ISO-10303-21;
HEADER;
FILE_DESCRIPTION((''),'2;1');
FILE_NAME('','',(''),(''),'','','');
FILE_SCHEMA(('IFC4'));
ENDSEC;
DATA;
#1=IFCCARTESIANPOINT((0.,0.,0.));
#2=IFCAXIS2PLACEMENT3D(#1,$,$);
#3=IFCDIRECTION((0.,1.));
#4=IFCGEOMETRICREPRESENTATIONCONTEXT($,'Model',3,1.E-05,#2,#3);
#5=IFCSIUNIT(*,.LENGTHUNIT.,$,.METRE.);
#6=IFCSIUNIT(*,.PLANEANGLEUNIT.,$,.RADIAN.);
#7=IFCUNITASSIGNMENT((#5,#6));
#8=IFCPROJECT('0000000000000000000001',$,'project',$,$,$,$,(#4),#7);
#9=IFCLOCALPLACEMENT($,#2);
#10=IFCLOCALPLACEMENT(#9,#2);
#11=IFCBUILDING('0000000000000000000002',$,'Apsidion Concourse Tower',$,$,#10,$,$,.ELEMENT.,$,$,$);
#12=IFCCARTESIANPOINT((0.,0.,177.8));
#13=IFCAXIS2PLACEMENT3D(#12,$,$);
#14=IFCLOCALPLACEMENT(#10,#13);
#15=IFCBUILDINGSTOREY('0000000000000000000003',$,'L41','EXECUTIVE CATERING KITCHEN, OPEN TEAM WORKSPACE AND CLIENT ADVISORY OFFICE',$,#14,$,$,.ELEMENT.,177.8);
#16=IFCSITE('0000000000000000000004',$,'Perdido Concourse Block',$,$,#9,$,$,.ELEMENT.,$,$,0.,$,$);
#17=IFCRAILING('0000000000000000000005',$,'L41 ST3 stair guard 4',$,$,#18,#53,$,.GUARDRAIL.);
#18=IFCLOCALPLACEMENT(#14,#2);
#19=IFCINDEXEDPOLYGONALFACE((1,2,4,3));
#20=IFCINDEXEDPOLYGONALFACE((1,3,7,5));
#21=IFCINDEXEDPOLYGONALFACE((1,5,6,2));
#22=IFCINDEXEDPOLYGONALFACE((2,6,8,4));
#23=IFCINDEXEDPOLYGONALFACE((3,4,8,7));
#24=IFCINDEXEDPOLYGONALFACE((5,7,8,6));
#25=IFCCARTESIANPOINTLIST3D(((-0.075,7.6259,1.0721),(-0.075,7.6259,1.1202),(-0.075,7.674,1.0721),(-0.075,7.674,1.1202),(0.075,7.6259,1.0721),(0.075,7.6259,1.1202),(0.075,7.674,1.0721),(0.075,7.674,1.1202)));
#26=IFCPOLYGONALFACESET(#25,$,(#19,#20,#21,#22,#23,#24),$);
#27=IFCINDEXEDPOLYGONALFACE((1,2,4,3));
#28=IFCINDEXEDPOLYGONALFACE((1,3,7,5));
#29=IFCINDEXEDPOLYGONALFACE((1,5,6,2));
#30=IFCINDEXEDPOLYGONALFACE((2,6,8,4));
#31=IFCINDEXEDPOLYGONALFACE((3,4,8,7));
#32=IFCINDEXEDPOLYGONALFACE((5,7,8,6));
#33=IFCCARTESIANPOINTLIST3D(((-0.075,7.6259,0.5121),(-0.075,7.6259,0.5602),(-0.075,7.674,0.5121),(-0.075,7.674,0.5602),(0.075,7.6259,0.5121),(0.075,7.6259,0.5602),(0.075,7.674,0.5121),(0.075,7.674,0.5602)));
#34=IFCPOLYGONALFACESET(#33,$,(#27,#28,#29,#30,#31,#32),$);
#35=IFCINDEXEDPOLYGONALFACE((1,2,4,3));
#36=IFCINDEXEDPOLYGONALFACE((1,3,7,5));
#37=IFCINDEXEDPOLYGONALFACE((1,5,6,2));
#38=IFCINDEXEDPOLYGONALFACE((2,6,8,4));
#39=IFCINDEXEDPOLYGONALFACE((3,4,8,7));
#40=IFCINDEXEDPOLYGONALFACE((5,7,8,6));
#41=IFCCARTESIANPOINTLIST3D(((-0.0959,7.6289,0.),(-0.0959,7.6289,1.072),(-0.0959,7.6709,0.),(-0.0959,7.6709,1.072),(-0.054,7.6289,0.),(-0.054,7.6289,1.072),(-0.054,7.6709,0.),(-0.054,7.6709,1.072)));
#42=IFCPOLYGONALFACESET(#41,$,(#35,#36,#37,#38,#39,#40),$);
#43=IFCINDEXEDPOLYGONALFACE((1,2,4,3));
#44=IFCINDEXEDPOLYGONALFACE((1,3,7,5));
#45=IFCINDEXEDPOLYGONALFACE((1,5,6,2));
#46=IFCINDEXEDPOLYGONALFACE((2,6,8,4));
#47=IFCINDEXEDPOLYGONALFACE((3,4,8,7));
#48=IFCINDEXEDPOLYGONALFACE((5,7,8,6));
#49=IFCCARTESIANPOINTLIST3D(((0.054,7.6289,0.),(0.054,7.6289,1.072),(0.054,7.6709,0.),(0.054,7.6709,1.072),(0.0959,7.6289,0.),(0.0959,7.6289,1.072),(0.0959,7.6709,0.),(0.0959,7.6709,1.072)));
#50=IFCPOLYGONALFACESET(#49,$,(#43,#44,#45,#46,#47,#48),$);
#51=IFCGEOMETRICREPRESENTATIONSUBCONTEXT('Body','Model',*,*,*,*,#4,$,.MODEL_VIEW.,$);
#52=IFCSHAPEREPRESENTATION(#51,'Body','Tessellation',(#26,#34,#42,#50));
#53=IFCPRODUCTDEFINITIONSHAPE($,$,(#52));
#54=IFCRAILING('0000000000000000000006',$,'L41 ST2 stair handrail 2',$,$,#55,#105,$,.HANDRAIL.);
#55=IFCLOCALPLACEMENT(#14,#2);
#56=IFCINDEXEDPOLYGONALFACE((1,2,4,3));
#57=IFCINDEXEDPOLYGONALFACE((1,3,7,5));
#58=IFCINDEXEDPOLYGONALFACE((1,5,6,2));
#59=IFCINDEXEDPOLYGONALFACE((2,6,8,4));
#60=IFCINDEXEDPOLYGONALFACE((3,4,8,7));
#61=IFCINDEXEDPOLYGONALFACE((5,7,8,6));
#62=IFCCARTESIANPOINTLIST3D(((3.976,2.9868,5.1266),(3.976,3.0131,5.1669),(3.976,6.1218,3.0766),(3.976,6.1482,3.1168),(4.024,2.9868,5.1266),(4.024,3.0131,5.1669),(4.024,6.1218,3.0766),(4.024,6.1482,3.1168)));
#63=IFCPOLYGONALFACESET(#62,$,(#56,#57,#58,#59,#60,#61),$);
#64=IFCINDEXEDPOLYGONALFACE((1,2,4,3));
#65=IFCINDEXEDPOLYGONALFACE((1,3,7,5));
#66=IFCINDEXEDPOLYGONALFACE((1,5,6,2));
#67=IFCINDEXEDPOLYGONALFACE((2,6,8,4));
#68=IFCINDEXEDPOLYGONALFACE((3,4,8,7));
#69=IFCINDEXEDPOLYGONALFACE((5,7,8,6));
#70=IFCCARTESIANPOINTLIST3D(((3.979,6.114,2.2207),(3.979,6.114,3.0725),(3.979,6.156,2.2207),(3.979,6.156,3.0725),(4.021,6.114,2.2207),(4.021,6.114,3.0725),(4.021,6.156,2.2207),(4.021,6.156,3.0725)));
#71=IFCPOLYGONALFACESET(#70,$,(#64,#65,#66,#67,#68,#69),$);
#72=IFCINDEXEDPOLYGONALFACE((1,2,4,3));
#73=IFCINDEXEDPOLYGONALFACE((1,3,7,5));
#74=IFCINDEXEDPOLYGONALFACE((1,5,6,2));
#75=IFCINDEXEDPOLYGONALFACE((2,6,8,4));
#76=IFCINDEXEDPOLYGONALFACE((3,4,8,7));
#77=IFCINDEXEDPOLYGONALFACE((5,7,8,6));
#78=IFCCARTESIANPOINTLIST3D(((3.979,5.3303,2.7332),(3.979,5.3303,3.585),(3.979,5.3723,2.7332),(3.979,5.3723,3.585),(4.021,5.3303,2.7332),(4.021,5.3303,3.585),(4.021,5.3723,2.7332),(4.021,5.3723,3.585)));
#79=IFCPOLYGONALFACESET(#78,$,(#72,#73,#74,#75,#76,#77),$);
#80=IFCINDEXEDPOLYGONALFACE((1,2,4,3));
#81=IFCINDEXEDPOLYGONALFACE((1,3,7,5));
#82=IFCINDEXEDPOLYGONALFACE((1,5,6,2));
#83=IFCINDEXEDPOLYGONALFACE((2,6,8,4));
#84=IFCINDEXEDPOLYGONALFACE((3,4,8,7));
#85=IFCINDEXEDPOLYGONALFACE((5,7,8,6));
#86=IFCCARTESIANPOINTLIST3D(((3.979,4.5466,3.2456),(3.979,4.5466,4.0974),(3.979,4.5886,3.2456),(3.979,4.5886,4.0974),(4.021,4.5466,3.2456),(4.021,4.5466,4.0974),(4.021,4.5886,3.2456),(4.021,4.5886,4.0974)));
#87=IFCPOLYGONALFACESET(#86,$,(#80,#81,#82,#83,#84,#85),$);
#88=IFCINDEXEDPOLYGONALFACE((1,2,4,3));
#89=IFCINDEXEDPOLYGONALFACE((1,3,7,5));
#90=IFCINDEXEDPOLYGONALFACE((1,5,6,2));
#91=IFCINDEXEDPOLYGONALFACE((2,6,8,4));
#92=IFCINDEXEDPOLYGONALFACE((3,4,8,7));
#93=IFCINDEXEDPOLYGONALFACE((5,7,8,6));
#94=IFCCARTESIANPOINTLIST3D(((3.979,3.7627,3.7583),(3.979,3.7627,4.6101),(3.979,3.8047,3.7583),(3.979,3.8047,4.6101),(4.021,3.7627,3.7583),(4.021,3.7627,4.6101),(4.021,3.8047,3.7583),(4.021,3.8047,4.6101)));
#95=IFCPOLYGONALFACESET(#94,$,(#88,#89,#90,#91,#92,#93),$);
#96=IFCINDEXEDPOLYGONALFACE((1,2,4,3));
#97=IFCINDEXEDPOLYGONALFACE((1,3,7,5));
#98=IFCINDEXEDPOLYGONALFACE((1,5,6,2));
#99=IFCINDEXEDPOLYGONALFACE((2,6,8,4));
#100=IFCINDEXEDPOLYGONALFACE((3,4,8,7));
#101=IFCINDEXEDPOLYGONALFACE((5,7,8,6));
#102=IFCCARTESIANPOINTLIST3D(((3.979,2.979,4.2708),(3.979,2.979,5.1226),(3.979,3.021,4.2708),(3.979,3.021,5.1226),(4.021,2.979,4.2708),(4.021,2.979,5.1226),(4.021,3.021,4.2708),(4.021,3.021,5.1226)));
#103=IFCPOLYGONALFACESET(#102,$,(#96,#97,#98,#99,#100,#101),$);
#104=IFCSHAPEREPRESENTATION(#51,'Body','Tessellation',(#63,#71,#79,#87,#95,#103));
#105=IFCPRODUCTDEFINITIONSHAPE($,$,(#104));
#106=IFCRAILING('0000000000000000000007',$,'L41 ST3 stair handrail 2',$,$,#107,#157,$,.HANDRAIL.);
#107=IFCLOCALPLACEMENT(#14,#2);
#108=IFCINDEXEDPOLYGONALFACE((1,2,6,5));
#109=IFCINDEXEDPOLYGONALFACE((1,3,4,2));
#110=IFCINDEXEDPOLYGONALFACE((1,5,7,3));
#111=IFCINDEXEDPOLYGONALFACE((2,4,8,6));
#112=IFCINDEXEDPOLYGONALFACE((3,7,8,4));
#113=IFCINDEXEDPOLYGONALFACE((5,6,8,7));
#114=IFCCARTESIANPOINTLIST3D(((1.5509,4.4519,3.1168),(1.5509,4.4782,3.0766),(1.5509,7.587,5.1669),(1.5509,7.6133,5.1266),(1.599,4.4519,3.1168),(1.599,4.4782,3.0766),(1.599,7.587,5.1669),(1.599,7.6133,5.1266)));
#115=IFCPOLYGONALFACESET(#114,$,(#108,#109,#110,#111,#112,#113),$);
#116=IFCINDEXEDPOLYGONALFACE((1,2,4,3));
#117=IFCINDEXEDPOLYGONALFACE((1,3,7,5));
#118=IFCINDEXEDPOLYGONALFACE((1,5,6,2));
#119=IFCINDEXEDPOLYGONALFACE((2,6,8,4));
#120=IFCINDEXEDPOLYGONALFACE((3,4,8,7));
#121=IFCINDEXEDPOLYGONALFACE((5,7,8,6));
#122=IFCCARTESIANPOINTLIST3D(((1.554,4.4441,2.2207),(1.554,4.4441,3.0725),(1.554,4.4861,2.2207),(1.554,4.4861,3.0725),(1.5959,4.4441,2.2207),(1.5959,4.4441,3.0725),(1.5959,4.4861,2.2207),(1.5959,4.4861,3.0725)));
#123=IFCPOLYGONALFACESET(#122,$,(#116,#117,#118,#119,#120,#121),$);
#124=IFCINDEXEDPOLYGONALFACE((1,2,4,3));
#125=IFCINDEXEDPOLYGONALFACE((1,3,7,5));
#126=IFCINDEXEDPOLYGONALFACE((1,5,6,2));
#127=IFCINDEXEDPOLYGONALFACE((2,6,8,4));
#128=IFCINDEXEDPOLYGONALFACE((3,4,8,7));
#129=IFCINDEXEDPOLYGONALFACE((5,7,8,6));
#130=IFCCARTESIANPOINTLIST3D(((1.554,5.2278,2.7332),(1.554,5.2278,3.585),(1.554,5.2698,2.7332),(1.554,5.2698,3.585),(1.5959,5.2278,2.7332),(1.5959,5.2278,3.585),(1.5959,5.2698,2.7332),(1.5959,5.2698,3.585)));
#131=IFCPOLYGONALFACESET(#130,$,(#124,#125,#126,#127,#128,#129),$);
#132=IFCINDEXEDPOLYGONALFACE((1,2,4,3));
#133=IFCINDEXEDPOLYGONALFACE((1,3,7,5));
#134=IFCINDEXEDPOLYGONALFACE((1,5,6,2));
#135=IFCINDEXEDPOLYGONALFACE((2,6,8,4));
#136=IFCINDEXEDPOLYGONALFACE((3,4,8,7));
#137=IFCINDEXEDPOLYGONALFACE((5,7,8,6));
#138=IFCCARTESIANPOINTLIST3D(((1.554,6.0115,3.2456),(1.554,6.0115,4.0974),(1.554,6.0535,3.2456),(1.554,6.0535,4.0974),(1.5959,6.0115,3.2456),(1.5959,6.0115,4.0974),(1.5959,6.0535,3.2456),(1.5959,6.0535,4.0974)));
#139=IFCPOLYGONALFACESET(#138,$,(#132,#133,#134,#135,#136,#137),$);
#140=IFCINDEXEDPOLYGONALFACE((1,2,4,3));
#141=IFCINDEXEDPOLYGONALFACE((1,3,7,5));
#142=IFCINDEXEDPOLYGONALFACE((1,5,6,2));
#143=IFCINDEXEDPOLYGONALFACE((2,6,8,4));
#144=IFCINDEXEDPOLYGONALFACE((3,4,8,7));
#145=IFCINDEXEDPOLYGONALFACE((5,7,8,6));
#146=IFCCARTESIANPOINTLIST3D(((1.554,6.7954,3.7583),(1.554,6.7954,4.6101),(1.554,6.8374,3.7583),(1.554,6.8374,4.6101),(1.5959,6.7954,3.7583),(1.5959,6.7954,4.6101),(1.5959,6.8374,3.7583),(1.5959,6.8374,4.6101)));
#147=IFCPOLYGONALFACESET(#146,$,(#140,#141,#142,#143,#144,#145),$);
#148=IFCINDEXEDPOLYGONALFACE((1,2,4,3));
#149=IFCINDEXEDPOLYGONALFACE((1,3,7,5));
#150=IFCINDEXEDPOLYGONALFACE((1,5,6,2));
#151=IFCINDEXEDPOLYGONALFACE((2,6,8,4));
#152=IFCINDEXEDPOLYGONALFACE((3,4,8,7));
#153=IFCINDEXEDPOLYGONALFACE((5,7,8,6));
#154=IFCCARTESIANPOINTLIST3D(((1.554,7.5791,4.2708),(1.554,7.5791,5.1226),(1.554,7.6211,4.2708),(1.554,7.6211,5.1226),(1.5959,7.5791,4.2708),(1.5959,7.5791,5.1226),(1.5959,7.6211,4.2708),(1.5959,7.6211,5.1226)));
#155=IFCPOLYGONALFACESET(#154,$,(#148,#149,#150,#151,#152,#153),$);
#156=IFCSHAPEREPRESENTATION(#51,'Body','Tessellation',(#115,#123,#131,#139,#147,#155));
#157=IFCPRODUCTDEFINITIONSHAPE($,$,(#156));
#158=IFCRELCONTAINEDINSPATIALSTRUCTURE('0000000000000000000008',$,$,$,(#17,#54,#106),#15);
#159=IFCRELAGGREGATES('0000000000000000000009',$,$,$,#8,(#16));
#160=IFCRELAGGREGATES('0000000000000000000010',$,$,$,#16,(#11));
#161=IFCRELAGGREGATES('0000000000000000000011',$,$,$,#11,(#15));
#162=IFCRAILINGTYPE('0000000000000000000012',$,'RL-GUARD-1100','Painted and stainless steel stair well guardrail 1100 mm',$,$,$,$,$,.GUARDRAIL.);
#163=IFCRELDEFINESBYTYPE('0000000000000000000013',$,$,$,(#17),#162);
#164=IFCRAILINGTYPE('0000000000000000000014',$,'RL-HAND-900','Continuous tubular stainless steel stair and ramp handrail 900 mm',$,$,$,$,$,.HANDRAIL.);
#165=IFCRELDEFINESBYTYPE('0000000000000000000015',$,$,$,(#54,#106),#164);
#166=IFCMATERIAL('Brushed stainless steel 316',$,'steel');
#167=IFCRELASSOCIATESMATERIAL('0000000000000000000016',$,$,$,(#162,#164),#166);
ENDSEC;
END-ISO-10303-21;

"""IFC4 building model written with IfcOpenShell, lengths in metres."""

from ifc_helpers import new_model, si_unit, direction, frame, origin, origin_2d, place, context, subcontext, project, spatial, rectangle, extrude, material, type_object, element, save


model = new_model("IFC4")

# Units and contexts
model_context = context("Model", 3, precision=1e-05, world=origin(), true_north=direction((0.0, 1.0)))
body_context = subcontext(model_context, "Body", "Model", "MODEL_VIEW")
ifc_project = project(units=[si_unit("LENGTHUNIT", "METRE"), si_unit("PLANEANGLEUNIT", "RADIAN")], contexts=[model_context])

# Site, building, storey
site_placement = place(None, origin())
site = spatial("IfcSite", under=ifc_project, at=site_placement, Name="Perdido Concourse Block", CompositionType="ELEMENT", RefElevation=0.0)
building_placement = place(site_placement, origin())
building = spatial("IfcBuilding", under=site, at=building_placement, Name="Apsidion Concourse Tower", CompositionType="ELEMENT")
storey_placement = place(building_placement, frame((0.0, 0.0, 177.8)))
storey = spatial("IfcBuildingStorey", under=building, at=storey_placement, Name="L41", Description="EXECUTIVE CATERING KITCHEN, OPEN TEAM WORKSPACE AND CLIENT ADVISORY OFFICE", CompositionType="ELEMENT", Elevation=177.8)

# Railings
ifc_material_1 = material(Name="Brushed stainless steel 316", Category="steel")
railing_type_1 = type_object("IfcRailingType", Name="RL-GUARD-1100", Description="Painted and stainless steel stair well guardrail 1100 mm", PredefinedType="GUARDRAIL", material=ifc_material_1)
railing_1_placement = place(storey_placement, frame((-0.075, 7.6499, 0.0)))
element("IfcRailing", 1, at=railing_1_placement, inside=storey, type_object=railing_type_1, Name="L41 ST3 stair guard 4", PredefinedType="GUARDRAIL", context=body_context, shape_type="SweptSolid", body=[
    extrude(rectangle(XDim=0.0481, YDim=0.0481, at=origin_2d()), frame((0.0, 0.0, 1.0962), z_axis=(1.0, 0.0, 0.0), x_axis=(0.0, 1.0, 0.0)), (0.0, 0.0, 1.0), 0.1499),
    extrude(rectangle(XDim=0.0481, YDim=0.0481, at=origin_2d()), frame((0.0, 0.0, 0.5361), z_axis=(1.0, 0.0, 0.0), x_axis=(0.0, 1.0, 0.0)), (0.0, 0.0, 1.0), 0.1499),
    extrude(rectangle(XDim=0.042, YDim=0.042, at=origin_2d()), origin(), (0.0, 0.0, 1.0), 1.072),
    extrude(rectangle(XDim=0.042, YDim=0.042, at=origin_2d()), frame((0.1499, 0.0, 0.0)), (0.0, 0.0, 1.0), 1.072),
])
railing_type_2 = type_object("IfcRailingType", Name="RL-HAND-900", Description="Continuous tubular stainless steel stair and ramp handrail 900 mm", PredefinedType="HANDRAIL", material=ifc_material_1)
railing_2_placement = place(storey_placement, frame((4.0, 6.135, 2.2207)))
element("IfcRailing", 2, at=railing_2_placement, inside=storey, type_object=railing_type_2, Name="L41 ST2 stair handrail 2", PredefinedType="HANDRAIL", context=body_context, shape_type="SweptSolid", body=[
    extrude(rectangle(XDim=0.0481, YDim=0.0481, at=origin_2d()), frame((0.0, 0.0, 0.876), z_axis=(0.0, -0.836941, 0.547293), x_axis=(1.0, 0.0, 0.0)), (0.0, 0.0, 1.0), 3.7458),
    extrude(rectangle(XDim=0.042, YDim=0.042, at=origin_2d()), origin(), (0.0, 0.0, 1.0), 0.8518),
    extrude(rectangle(XDim=0.042, YDim=0.042, at=origin_2d()), frame((0.0, -0.7837, 0.5125)), (0.0, 0.0, 1.0), 0.8518),
    extrude(rectangle(XDim=0.042, YDim=0.042, at=origin_2d()), frame((0.0, -1.5674, 1.0249)), (0.0, 0.0, 1.0), 0.8518),
    extrude(rectangle(XDim=0.042, YDim=0.042, at=origin_2d()), frame((0.0, -2.3513, 1.5376)), (0.0, 0.0, 1.0), 0.8518),
    extrude(rectangle(XDim=0.042, YDim=0.042, at=origin_2d()), frame((0.0, -3.135, 2.05)), (0.0, 0.0, 1.0), 0.8518),
])
railing_3_placement = place(storey_placement, frame((1.575, 4.4651, 2.2207)))
element("IfcRailing", 3, at=railing_3_placement, inside=storey, type_object=railing_type_2, Name="L41 ST3 stair handrail 2", PredefinedType="HANDRAIL", context=body_context, shape_type="SweptSolid", body=[
    extrude(rectangle(XDim=0.0481, YDim=0.0481, at=origin_2d()), frame((0.0, 0.0, 0.876), z_axis=(0.0, 0.836941, 0.547293), x_axis=(-1.0, 0.0, 0.0)), (0.0, 0.0, 1.0), 3.7458),
    extrude(rectangle(XDim=0.042, YDim=0.042, at=origin_2d()), origin(), (0.0, 0.0, 1.0), 0.8518),
    extrude(rectangle(XDim=0.042, YDim=0.042, at=origin_2d()), frame((0.0, 0.7837, 0.5125)), (0.0, 0.0, 1.0), 0.8518),
    extrude(rectangle(XDim=0.042, YDim=0.042, at=origin_2d()), frame((0.0, 1.5674, 1.0249)), (0.0, 0.0, 1.0), 0.8518),
    extrude(rectangle(XDim=0.042, YDim=0.042, at=origin_2d()), frame((0.0, 2.3513, 1.5376)), (0.0, 0.0, 1.0), 0.8518),
    extrude(rectangle(XDim=0.042, YDim=0.042, at=origin_2d()), frame((0.0, 3.135, 2.05)), (0.0, 0.0, 1.0), 0.8518),
])

save(model, "model.ifc")
